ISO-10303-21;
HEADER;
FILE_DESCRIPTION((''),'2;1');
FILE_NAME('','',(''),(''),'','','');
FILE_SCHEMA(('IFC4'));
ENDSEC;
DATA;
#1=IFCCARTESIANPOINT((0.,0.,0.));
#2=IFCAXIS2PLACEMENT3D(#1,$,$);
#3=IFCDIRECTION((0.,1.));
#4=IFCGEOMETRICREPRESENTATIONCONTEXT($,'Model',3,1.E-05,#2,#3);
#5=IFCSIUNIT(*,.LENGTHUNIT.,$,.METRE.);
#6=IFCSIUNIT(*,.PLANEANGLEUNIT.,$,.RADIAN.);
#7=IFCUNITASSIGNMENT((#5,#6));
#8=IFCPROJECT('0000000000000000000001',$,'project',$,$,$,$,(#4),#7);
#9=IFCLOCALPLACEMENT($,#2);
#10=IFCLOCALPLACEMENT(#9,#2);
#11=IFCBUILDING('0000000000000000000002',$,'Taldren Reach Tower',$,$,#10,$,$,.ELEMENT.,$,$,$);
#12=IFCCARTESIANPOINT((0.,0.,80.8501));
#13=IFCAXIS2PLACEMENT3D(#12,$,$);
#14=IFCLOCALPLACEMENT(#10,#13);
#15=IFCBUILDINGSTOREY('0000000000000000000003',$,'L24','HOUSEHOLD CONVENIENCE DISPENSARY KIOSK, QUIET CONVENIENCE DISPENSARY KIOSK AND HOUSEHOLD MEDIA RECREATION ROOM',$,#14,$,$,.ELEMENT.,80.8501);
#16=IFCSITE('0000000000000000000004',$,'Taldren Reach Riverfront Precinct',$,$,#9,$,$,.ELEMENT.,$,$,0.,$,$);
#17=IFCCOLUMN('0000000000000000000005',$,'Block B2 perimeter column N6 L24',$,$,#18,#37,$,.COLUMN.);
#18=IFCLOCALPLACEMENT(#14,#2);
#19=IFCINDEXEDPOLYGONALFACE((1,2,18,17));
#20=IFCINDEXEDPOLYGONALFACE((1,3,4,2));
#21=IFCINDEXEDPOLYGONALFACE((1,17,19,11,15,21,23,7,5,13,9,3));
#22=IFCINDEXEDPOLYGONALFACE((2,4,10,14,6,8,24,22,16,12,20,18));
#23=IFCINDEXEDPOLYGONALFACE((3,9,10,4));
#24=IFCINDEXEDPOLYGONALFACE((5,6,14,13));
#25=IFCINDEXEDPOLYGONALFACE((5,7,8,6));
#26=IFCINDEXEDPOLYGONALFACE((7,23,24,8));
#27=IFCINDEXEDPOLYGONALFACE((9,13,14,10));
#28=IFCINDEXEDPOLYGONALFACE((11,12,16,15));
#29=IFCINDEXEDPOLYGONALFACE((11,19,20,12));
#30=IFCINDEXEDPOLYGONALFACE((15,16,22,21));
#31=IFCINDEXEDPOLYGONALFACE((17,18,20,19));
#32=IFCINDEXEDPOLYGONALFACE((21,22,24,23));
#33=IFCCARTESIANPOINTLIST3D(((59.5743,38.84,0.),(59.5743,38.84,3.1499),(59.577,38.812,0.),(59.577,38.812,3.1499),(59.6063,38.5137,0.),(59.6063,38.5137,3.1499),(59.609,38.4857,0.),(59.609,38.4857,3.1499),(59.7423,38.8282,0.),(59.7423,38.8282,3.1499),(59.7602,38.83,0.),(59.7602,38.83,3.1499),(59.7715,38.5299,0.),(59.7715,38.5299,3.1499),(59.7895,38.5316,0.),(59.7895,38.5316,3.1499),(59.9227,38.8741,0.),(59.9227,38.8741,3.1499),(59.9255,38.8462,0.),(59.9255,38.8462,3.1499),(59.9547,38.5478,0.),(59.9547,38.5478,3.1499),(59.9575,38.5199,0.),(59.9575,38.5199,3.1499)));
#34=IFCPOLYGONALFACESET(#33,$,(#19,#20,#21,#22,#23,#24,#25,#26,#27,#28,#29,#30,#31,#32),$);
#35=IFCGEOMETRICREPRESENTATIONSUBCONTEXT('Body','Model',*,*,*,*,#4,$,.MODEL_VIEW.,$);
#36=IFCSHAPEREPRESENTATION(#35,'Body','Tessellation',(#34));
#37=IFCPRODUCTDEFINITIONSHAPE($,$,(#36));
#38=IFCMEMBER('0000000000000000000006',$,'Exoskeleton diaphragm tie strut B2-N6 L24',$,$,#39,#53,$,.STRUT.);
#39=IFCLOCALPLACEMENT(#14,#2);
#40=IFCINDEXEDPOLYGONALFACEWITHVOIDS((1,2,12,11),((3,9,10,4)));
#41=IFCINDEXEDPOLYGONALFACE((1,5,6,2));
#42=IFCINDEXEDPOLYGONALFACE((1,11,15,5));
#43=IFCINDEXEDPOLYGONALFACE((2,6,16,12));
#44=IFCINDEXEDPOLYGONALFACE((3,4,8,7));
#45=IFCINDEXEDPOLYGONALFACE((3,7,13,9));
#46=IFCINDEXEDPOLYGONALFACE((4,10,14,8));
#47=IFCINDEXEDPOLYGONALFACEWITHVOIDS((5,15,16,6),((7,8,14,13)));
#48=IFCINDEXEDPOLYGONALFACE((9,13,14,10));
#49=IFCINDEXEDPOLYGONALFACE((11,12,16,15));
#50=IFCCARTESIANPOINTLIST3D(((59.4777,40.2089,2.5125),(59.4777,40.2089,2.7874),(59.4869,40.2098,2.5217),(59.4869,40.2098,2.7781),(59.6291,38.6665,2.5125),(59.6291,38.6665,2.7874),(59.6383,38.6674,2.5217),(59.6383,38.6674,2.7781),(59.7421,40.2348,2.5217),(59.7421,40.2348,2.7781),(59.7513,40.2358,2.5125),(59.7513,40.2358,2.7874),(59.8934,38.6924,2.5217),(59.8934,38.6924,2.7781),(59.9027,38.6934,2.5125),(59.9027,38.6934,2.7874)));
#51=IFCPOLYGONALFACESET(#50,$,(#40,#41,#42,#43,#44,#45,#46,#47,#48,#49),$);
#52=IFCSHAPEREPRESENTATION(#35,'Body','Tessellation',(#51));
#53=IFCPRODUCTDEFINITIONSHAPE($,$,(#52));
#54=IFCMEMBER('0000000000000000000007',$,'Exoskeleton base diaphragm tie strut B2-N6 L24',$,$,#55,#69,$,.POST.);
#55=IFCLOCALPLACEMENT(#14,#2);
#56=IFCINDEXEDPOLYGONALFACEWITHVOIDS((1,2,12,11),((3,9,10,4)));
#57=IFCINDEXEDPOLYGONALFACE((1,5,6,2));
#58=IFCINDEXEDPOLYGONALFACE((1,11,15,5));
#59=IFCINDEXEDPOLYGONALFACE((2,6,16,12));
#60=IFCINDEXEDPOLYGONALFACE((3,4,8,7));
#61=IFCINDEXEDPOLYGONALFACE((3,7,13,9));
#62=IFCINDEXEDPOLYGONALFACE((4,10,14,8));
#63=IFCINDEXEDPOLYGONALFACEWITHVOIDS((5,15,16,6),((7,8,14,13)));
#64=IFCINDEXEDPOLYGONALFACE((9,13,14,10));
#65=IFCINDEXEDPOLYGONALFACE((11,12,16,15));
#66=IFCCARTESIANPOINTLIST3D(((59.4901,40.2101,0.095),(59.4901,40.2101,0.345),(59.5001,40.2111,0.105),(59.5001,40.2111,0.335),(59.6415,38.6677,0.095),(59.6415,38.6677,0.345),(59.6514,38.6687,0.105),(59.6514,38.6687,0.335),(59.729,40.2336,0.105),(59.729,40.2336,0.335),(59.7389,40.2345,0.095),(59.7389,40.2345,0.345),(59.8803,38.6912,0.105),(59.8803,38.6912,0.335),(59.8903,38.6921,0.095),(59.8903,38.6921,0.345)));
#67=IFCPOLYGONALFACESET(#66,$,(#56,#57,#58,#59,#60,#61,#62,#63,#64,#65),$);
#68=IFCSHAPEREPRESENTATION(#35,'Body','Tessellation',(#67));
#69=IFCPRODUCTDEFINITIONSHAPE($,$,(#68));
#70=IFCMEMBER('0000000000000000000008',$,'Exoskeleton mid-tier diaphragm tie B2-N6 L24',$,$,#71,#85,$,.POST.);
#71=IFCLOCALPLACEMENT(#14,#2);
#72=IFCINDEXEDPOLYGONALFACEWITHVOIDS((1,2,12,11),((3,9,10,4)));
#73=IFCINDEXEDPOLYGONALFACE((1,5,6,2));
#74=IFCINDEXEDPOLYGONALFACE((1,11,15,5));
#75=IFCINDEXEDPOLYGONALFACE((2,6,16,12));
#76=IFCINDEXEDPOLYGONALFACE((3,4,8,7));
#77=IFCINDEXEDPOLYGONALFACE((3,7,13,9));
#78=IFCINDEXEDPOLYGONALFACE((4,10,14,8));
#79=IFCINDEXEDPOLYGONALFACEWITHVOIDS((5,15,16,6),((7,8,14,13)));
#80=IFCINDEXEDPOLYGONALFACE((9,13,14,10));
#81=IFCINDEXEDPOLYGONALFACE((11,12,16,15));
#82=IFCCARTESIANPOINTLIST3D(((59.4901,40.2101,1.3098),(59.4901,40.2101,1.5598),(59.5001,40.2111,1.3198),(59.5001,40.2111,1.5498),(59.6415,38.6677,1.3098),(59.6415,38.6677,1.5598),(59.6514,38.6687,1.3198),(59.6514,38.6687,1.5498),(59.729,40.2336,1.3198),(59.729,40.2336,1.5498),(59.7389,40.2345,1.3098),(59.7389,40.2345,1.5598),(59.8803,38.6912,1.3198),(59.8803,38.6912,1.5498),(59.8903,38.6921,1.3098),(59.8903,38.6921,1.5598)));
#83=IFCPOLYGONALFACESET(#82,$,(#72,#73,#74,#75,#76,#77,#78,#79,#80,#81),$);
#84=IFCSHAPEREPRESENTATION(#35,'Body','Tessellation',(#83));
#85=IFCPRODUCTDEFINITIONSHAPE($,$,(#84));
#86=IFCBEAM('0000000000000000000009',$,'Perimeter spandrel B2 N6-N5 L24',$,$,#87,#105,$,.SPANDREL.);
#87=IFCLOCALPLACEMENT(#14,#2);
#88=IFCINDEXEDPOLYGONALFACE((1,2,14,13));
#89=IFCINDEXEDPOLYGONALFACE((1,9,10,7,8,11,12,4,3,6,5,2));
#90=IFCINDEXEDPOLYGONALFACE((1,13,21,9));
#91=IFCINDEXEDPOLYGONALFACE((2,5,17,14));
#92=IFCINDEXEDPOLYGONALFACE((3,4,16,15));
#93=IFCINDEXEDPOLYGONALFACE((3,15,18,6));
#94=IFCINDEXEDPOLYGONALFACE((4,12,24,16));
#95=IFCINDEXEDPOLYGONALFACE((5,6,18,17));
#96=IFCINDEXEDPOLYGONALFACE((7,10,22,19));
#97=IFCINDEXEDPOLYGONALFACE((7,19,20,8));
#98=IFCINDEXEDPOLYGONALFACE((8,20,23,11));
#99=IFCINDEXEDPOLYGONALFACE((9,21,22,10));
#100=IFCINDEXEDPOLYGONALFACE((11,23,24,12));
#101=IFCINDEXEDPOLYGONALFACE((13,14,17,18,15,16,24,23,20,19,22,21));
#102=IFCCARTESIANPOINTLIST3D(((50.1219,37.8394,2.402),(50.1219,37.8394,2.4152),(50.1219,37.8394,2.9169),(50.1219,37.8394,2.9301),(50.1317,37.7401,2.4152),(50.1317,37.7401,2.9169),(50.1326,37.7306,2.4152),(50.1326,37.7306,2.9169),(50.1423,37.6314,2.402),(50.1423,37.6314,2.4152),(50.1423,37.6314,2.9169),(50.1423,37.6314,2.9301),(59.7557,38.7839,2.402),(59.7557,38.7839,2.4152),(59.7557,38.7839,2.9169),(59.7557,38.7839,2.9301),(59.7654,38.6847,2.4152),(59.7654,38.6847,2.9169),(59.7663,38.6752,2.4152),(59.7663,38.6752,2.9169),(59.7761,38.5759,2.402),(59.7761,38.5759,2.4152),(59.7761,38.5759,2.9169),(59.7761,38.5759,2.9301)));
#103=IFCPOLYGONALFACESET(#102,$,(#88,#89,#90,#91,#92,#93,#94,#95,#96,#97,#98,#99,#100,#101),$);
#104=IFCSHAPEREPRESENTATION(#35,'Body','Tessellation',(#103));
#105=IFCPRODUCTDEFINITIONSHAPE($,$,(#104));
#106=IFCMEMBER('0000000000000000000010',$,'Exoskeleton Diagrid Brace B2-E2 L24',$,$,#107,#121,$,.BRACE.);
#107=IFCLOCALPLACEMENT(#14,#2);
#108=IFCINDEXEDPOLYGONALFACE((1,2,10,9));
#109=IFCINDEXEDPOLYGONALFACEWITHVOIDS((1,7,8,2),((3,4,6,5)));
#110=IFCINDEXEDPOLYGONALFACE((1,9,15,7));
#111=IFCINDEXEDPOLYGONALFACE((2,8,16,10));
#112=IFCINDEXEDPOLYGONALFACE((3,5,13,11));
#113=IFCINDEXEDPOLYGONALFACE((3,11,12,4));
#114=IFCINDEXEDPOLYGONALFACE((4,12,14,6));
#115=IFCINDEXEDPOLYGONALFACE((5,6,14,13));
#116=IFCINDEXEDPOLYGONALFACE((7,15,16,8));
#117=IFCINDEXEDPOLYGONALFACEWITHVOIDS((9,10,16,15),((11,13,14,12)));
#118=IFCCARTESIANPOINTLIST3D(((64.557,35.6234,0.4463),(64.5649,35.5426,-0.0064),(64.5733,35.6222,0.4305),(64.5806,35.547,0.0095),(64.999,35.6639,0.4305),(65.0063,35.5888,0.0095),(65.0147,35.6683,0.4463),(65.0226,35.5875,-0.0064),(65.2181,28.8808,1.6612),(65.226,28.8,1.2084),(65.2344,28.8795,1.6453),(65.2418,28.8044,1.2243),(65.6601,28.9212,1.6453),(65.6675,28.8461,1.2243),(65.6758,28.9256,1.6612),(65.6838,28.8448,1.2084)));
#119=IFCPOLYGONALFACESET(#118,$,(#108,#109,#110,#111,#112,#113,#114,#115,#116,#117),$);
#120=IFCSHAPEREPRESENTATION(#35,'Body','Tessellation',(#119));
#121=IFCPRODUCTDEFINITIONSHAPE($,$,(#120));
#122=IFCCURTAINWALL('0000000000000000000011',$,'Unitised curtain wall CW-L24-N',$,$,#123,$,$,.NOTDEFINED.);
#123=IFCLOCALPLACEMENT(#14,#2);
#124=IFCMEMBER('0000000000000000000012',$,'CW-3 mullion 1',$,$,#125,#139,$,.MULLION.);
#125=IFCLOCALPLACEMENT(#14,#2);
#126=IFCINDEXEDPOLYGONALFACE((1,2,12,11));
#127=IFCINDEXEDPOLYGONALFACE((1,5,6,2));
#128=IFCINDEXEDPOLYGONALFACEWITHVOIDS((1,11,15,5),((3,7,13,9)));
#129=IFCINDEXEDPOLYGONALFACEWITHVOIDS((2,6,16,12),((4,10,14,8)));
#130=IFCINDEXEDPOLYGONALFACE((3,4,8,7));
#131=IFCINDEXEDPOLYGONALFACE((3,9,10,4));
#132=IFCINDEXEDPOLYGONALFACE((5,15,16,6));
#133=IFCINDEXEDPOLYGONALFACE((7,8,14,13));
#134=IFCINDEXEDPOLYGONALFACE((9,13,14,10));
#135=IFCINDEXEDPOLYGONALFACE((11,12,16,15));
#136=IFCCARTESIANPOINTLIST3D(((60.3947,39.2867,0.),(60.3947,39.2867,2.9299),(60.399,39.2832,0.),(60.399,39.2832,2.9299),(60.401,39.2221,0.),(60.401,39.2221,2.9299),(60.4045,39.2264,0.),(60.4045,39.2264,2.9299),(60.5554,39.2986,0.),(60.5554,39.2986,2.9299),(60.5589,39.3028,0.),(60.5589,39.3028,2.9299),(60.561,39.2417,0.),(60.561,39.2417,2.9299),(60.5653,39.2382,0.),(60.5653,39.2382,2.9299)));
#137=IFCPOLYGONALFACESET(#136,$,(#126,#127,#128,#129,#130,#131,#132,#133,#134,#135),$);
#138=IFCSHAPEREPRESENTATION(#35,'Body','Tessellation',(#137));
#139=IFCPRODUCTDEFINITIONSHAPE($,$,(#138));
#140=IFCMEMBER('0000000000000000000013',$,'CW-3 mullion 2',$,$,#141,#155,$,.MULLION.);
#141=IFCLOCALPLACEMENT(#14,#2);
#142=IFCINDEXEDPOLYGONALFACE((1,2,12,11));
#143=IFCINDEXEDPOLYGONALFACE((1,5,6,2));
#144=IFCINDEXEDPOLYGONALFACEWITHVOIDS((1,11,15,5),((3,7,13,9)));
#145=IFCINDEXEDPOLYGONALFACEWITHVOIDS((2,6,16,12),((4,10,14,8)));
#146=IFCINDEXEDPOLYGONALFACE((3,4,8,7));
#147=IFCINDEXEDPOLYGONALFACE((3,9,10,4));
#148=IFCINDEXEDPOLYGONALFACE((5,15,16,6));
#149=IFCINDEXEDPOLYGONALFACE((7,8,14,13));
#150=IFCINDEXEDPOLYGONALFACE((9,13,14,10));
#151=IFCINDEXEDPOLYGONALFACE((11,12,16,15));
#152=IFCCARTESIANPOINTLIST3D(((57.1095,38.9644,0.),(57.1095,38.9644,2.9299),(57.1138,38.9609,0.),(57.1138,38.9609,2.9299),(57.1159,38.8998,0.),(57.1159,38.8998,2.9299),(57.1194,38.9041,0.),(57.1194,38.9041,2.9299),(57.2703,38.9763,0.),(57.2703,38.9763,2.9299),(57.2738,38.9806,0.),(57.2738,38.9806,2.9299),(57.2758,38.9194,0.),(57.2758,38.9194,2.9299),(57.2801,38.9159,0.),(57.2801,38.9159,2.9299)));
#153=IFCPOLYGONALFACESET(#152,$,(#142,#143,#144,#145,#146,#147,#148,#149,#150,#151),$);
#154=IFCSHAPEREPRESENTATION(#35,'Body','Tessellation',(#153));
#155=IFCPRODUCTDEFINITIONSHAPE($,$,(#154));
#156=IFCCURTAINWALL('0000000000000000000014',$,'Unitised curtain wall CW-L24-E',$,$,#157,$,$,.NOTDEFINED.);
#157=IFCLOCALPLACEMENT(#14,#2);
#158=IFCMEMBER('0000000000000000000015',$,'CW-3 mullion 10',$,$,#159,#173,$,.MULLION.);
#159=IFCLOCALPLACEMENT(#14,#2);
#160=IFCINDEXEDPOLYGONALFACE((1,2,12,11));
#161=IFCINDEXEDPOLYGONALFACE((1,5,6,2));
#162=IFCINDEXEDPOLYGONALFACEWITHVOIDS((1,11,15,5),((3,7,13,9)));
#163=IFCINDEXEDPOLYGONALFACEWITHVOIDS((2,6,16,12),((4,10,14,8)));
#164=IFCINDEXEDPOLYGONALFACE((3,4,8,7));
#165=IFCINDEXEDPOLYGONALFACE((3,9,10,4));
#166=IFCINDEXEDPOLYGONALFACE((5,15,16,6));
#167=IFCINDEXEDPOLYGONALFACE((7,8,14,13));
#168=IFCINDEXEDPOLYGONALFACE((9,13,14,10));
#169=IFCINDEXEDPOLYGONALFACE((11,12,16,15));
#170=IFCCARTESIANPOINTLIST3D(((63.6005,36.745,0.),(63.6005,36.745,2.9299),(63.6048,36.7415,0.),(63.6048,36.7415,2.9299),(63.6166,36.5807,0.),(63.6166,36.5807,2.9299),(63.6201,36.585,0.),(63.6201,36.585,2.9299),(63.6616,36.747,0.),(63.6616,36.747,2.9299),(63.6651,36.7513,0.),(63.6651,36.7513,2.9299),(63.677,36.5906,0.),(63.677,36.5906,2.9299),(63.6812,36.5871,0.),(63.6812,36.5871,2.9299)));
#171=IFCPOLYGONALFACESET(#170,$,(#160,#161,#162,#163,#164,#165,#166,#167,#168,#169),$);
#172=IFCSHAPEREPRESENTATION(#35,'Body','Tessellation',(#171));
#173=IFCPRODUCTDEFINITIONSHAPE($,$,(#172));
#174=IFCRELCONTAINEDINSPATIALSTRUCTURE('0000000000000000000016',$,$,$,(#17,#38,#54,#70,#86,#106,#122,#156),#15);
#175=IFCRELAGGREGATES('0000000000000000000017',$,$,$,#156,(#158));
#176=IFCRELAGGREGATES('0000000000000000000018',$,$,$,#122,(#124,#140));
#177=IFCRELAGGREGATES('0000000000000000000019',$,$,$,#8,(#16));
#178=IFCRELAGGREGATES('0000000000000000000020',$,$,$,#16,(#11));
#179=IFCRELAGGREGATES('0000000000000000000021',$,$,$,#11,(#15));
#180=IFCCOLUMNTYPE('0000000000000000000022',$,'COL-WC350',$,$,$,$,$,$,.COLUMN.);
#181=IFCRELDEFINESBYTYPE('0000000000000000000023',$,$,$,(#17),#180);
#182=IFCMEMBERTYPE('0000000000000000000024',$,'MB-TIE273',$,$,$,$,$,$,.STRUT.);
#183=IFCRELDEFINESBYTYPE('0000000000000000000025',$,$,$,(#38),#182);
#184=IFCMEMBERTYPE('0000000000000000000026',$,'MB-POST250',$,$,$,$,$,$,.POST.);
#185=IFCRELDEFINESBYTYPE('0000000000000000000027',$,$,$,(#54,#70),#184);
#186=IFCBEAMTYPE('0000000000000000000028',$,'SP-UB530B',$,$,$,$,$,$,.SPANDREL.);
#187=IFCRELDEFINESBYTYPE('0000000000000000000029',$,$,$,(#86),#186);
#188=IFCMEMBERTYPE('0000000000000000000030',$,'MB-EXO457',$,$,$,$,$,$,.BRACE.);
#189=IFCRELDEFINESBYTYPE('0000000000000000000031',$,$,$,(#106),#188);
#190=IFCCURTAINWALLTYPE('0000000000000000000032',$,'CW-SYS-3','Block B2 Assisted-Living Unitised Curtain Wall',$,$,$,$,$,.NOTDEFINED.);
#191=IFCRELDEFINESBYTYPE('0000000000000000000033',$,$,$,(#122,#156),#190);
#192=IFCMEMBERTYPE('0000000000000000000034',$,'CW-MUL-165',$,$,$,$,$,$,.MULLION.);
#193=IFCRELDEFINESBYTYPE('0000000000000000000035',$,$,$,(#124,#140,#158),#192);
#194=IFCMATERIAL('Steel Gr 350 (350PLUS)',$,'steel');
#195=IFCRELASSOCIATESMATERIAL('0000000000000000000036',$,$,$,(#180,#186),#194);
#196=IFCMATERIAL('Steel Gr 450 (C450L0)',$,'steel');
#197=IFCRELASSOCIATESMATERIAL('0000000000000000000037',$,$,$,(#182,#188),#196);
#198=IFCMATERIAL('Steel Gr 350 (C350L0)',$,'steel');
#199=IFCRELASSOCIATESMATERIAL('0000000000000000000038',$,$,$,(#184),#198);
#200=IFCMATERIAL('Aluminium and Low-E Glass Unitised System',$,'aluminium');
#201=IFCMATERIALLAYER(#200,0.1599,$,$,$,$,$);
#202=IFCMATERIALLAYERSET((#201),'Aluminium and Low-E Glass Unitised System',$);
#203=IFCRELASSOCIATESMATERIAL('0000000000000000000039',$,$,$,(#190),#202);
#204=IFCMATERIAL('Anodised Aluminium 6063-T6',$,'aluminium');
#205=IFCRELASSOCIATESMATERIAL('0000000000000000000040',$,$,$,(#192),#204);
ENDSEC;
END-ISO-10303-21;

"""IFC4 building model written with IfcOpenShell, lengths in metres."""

from ifc_helpers import new_model, si_unit, direction, frame, origin, origin_2d, place, context, subcontext, project, spatial, hollow_rectangle, i_section, extrude, source, transform, mapped, material, layer, layer_set, material_profile, profile_set, type_object, element, aggregate, save


model = new_model("IFC4")

# Units and contexts
model_context = context("Model", 3, precision=1e-05, world=origin(), true_north=direction((0.0, 1.0)))
body_context = subcontext(model_context, "Body", "Model", "MODEL_VIEW")
ifc_project = project(units=[si_unit("LENGTHUNIT", "METRE"), si_unit("PLANEANGLEUNIT", "RADIAN")], contexts=[model_context])

# Site, building, storey
site_placement = place(None, origin())
site = spatial("IfcSite", under=ifc_project, at=site_placement, Name="Taldren Reach Riverfront Precinct", CompositionType="ELEMENT", RefElevation=0.0)
building_placement = place(site_placement, origin())
building = spatial("IfcBuilding", under=site, at=building_placement, Name="Taldren Reach Tower", CompositionType="ELEMENT")
storey_placement = place(building_placement, frame((0.0, 0.0, 80.8501)))
storey = spatial("IfcBuildingStorey", under=building, at=storey_placement, Name="L24", Description="HOUSEHOLD CONVENIENCE DISPENSARY KIOSK, QUIET CONVENIENCE DISPENSARY KIOSK AND HOUSEHOLD MEDIA RECREATION ROOM", CompositionType="ELEMENT", Elevation=80.8501)

# Column
ifc_material_1 = material(Name="Steel Gr 350 (350PLUS)", Category="steel")
ifc_material_profile_1 = material_profile(ifc_material_1, i_section(OverallWidth=0.3501, OverallDepth=0.356, WebThickness=0.0181, FlangeThickness=0.0281, at=origin_2d()), Name="350WC197")
ifc_profile_set_1 = profile_set([ifc_material_profile_1], Name="Steel Gr 350 (350PLUS)")
column_type = type_object("IfcColumnType", Name="COL-WC350", PredefinedType="COLUMN", material=ifc_profile_set_1)
shared_shape_1 = source(origin(), body_context, "Body", "SweptSolid", [
    extrude(i_section(OverallWidth=0.3501, OverallDepth=0.356, WebThickness=0.0181, FlangeThickness=0.0281, at=origin_2d()), origin(), (0.0, 0.0, 1.0), 3.1499),
])
column_placement = place(storey_placement, frame((59.7659, 38.6799, 0.0), z_axis=(0.0, 0.0, 1.0), x_axis=(0.995227, 0.097583, 0.0)))
element("IfcColumn", 1, at=column_placement, inside=storey, type_object=column_type, Name="Block B2 perimeter column N6 L24", PredefinedType="COLUMN", context=body_context, shape_type="MappedRepresentation", body=[
    mapped(shared_shape_1, transform((0.0, 0.0, 0.0), scale=1.0)),
])

# Members
ifc_material_2 = material(Name="Steel Gr 450 (C450L0)", Category="steel")
ifc_material_profile_2 = material_profile(ifc_material_2, hollow_rectangle(XDim=0.2749, YDim=0.2749, WallThickness=0.0093, at=origin_2d()), Name="275x275x9.3SHS")
ifc_profile_set_2 = profile_set([ifc_material_profile_2], Name="Steel Gr 450 (C450L0)")
member_type_1 = type_object("IfcMemberType", Name="MB-TIE273", PredefinedType="STRUT", material=ifc_profile_set_2)
shared_shape_2 = source(origin(), body_context, "Body", "SweptSolid", [
    extrude(hollow_rectangle(XDim=0.2749, YDim=0.2749, WallThickness=0.0093, at=origin_2d()), origin(), (0.0, 0.0, 1.0), 1.5498),
])
member_1_placement = place(storey_placement, frame((59.7659, 38.6799, 2.6499), z_axis=(-0.097663, 0.99522, 0.0), x_axis=(-0.99522, -0.097663, 0.0)))
element("IfcMember", 2, at=member_1_placement, inside=storey, type_object=member_type_1, Name="Exoskeleton diaphragm tie strut B2-N6 L24", PredefinedType="STRUT", context=body_context, shape_type="MappedRepresentation", body=[
    mapped(shared_shape_2, transform((0.0, 0.0, 0.0), scale=1.0)),
])
ifc_material_3 = material(Name="Steel Gr 350 (C350L0)", Category="steel")
ifc_material_profile_3 = material_profile(ifc_material_3, hollow_rectangle(XDim=0.25, YDim=0.25, WallThickness=0.01, at=origin_2d()), Name="250x250x10.0SHS")
ifc_profile_set_3 = profile_set([ifc_material_profile_3], Name="Steel Gr 350 (C350L0)")
member_type_2 = type_object("IfcMemberType", Name="MB-POST250", PredefinedType="POST", material=ifc_profile_set_3)
shared_shape_3 = source(origin(), body_context, "Body", "SweptSolid", [
    extrude(hollow_rectangle(XDim=0.25, YDim=0.25, WallThickness=0.01, at=origin_2d()), origin(), (0.0, 0.0, 1.0), 1.5498),
])
for number, where, z_axis, x_axis, name in (
    (3, (59.7659, 38.6799, 0.22), (-0.097663, 0.99522, 0.0), (-0.99522, -0.097663, 0.0), "Exoskeleton base diaphragm tie strut B2-N6 L24"),
    (4, (59.7659, 38.6799, 1.4348), (-0.097663, 0.99522, 0.0), (-0.99522, -0.097663, 0.0), "Exoskeleton mid-tier diaphragm tie B2-N6 L24"),
):
    element("IfcMember", number, at=place(storey_placement, frame(where, z_axis=z_axis, x_axis=x_axis)), inside=storey, type_object=member_type_2, Name=name, PredefinedType="POST", context=body_context, shape_type="MappedRepresentation", body=[
        mapped(shared_shape_3, transform((0.0, 0.0, 0.0), scale=1.0)),
    ])

# Beam
ifc_material_profile_4 = material_profile(ifc_material_1, i_section(OverallWidth=0.209, OverallDepth=0.5281, WebThickness=0.0095, FlangeThickness=0.0132, at=origin_2d()), Name="530UB82.0")
ifc_profile_set_4 = profile_set([ifc_material_profile_4], Name="Steel Gr 350 (350PLUS)")
beam_type = type_object("IfcBeamType", Name="SP-UB530B", PredefinedType="SPANDREL", material=ifc_profile_set_4)
shared_shape_4 = source(origin(), body_context, "Body", "SweptSolid", [
    extrude(i_section(OverallWidth=0.209, OverallDepth=0.5281, WebThickness=0.0095, FlangeThickness=0.0132, at=origin_2d()), origin(), (0.0, 0.0, 1.0), 9.6799),
])
beam_placement = place(storey_placement, frame((59.7659, 38.6799, 2.666), z_axis=(-0.995228, -0.097581, 0.0), x_axis=(0.097581, -0.995228, 0.0)))
element("IfcBeam", 5, at=beam_placement, inside=storey, type_object=beam_type, Name="Perimeter spandrel B2 N6-N5 L24", PredefinedType="SPANDREL", context=body_context, shape_type="MappedRepresentation", body=[
    mapped(shared_shape_4, transform((0.0, 0.0, 0.0), scale=1.0)),
])

# Member
ifc_material_profile_5 = material_profile(ifc_material_2, hollow_rectangle(XDim=0.46, YDim=0.46, WallThickness=0.0161, at=origin_2d()), Name="460x460x16.0SHS")
ifc_profile_set_5 = profile_set([ifc_material_profile_5], Name="Steel Gr 450 (C450L0)")
member_type_3 = type_object("IfcMemberType", Name="MB-EXO457", PredefinedType="BRACE", material=ifc_profile_set_5)
shared_shape_5 = source(origin(), body_context, "Body", "SweptSolid", [
    extrude(hollow_rectangle(XDim=0.46, YDim=0.46, WallThickness=0.0161, at=origin_2d()), origin(), (0.0, 0.0, 1.0), 6.8831),
])
member_2_placement = place(storey_placement, frame((64.7898, 35.6055, 0.22), z_axis=(0.096052, -0.979603, 0.176497), x_axis=(0.995227, 0.097584, 0.0)))
element("IfcMember", 6, at=member_2_placement, inside=storey, type_object=member_type_3, Name="Exoskeleton Diagrid Brace B2-E2 L24", PredefinedType="BRACE", context=body_context, shape_type="MappedRepresentation", body=[
    mapped(shared_shape_5, transform((0.0, 0.0, 0.0), scale=1.0)),
])

# Curtain wall, members
ifc_material_4 = material(Name="Aluminium and Low-E Glass Unitised System", Category="aluminium")
ifc_layer_1 = layer(ifc_material_4, 0.1599)
ifc_layer_set_1 = layer_set([ifc_layer_1], Name="Aluminium and Low-E Glass Unitised System")
curtain_wall_type = type_object("IfcCurtainWallType", Name="CW-SYS-3", Description="Block B2 Assisted-Living Unitised Curtain Wall", PredefinedType="NOTDEFINED", material=ifc_layer_set_1)
curtain_wall_1_placement = place(storey_placement, origin())
curtain_wall_1 = element("IfcCurtainWall", 7, at=curtain_wall_1_placement, inside=storey, type_object=curtain_wall_type, Name="Unitised curtain wall CW-L24-N", PredefinedType="NOTDEFINED")
ifc_material_5 = material(Name="Anodised Aluminium 6063-T6", Category="aluminium")
ifc_material_profile_6 = material_profile(ifc_material_5, hollow_rectangle(XDim=0.0649, YDim=0.165, WallThickness=0.0039, at=origin_2d()), Name="ALU-165x65x4RHS")
ifc_profile_set_6 = profile_set([ifc_material_profile_6], Name="Anodised Aluminium 6063-T6")
member_type_4 = type_object("IfcMemberType", Name="CW-MUL-165", PredefinedType="MULLION", material=ifc_profile_set_6)
shared_shape_6 = source(origin(), body_context, "Body", "SweptSolid", [
    extrude(hollow_rectangle(XDim=0.0649, YDim=0.165, WallThickness=0.0039, at=origin_2d()), origin(), (0.0, 0.0, 1.0), 2.9299),
])
member_3_placement = place(storey_placement, frame((60.48, 39.2625, 0.0), z_axis=(0.0, 0.0, 1.0), x_axis=(0.097583, -0.995227, 0.0)))
member_3 = element("IfcMember", 8, at=member_3_placement, type_object=member_type_4, Name="CW-3 mullion 1", PredefinedType="MULLION", context=body_context, shape_type="MappedRepresentation", body=[
    mapped(shared_shape_6, transform((0.0, 0.0, 0.0), scale=1.0)),
])
member_4_placement = place(storey_placement, frame((57.1948, 38.9402, 0.0), z_axis=(0.0, 0.0, 1.0), x_axis=(0.097583, -0.995227, 0.0)))
member_4 = element("IfcMember", 9, at=member_4_placement, type_object=member_type_4, Name="CW-3 mullion 2", PredefinedType="MULLION", context=body_context, shape_type="MappedRepresentation", body=[
    mapped(shared_shape_6, transform((0.0, 0.0, 0.0), scale=1.0)),
])

# Curtain wall, member
curtain_wall_2_placement = place(storey_placement, origin())
curtain_wall_2 = element("IfcCurtainWall", 10, at=curtain_wall_2_placement, inside=storey, type_object=curtain_wall_type, Name="Unitised curtain wall CW-L24-E", PredefinedType="NOTDEFINED")
member_5_placement = place(storey_placement, frame((63.6409, 36.666, 0.0), z_axis=(0.0, 0.0, 1.0), x_axis=(-0.995227, -0.097583, 0.0)))
member_5 = element("IfcMember", 11, at=member_5_placement, type_object=member_type_4, Name="CW-3 mullion 10", PredefinedType="MULLION", context=body_context, shape_type="MappedRepresentation", body=[
    mapped(shared_shape_6, transform((0.0, 0.0, 0.0), scale=1.0)),
])
aggregate(curtain_wall_2, [member_5])

aggregate(curtain_wall_1, [member_3, member_4])

save(model, "model.ifc")
